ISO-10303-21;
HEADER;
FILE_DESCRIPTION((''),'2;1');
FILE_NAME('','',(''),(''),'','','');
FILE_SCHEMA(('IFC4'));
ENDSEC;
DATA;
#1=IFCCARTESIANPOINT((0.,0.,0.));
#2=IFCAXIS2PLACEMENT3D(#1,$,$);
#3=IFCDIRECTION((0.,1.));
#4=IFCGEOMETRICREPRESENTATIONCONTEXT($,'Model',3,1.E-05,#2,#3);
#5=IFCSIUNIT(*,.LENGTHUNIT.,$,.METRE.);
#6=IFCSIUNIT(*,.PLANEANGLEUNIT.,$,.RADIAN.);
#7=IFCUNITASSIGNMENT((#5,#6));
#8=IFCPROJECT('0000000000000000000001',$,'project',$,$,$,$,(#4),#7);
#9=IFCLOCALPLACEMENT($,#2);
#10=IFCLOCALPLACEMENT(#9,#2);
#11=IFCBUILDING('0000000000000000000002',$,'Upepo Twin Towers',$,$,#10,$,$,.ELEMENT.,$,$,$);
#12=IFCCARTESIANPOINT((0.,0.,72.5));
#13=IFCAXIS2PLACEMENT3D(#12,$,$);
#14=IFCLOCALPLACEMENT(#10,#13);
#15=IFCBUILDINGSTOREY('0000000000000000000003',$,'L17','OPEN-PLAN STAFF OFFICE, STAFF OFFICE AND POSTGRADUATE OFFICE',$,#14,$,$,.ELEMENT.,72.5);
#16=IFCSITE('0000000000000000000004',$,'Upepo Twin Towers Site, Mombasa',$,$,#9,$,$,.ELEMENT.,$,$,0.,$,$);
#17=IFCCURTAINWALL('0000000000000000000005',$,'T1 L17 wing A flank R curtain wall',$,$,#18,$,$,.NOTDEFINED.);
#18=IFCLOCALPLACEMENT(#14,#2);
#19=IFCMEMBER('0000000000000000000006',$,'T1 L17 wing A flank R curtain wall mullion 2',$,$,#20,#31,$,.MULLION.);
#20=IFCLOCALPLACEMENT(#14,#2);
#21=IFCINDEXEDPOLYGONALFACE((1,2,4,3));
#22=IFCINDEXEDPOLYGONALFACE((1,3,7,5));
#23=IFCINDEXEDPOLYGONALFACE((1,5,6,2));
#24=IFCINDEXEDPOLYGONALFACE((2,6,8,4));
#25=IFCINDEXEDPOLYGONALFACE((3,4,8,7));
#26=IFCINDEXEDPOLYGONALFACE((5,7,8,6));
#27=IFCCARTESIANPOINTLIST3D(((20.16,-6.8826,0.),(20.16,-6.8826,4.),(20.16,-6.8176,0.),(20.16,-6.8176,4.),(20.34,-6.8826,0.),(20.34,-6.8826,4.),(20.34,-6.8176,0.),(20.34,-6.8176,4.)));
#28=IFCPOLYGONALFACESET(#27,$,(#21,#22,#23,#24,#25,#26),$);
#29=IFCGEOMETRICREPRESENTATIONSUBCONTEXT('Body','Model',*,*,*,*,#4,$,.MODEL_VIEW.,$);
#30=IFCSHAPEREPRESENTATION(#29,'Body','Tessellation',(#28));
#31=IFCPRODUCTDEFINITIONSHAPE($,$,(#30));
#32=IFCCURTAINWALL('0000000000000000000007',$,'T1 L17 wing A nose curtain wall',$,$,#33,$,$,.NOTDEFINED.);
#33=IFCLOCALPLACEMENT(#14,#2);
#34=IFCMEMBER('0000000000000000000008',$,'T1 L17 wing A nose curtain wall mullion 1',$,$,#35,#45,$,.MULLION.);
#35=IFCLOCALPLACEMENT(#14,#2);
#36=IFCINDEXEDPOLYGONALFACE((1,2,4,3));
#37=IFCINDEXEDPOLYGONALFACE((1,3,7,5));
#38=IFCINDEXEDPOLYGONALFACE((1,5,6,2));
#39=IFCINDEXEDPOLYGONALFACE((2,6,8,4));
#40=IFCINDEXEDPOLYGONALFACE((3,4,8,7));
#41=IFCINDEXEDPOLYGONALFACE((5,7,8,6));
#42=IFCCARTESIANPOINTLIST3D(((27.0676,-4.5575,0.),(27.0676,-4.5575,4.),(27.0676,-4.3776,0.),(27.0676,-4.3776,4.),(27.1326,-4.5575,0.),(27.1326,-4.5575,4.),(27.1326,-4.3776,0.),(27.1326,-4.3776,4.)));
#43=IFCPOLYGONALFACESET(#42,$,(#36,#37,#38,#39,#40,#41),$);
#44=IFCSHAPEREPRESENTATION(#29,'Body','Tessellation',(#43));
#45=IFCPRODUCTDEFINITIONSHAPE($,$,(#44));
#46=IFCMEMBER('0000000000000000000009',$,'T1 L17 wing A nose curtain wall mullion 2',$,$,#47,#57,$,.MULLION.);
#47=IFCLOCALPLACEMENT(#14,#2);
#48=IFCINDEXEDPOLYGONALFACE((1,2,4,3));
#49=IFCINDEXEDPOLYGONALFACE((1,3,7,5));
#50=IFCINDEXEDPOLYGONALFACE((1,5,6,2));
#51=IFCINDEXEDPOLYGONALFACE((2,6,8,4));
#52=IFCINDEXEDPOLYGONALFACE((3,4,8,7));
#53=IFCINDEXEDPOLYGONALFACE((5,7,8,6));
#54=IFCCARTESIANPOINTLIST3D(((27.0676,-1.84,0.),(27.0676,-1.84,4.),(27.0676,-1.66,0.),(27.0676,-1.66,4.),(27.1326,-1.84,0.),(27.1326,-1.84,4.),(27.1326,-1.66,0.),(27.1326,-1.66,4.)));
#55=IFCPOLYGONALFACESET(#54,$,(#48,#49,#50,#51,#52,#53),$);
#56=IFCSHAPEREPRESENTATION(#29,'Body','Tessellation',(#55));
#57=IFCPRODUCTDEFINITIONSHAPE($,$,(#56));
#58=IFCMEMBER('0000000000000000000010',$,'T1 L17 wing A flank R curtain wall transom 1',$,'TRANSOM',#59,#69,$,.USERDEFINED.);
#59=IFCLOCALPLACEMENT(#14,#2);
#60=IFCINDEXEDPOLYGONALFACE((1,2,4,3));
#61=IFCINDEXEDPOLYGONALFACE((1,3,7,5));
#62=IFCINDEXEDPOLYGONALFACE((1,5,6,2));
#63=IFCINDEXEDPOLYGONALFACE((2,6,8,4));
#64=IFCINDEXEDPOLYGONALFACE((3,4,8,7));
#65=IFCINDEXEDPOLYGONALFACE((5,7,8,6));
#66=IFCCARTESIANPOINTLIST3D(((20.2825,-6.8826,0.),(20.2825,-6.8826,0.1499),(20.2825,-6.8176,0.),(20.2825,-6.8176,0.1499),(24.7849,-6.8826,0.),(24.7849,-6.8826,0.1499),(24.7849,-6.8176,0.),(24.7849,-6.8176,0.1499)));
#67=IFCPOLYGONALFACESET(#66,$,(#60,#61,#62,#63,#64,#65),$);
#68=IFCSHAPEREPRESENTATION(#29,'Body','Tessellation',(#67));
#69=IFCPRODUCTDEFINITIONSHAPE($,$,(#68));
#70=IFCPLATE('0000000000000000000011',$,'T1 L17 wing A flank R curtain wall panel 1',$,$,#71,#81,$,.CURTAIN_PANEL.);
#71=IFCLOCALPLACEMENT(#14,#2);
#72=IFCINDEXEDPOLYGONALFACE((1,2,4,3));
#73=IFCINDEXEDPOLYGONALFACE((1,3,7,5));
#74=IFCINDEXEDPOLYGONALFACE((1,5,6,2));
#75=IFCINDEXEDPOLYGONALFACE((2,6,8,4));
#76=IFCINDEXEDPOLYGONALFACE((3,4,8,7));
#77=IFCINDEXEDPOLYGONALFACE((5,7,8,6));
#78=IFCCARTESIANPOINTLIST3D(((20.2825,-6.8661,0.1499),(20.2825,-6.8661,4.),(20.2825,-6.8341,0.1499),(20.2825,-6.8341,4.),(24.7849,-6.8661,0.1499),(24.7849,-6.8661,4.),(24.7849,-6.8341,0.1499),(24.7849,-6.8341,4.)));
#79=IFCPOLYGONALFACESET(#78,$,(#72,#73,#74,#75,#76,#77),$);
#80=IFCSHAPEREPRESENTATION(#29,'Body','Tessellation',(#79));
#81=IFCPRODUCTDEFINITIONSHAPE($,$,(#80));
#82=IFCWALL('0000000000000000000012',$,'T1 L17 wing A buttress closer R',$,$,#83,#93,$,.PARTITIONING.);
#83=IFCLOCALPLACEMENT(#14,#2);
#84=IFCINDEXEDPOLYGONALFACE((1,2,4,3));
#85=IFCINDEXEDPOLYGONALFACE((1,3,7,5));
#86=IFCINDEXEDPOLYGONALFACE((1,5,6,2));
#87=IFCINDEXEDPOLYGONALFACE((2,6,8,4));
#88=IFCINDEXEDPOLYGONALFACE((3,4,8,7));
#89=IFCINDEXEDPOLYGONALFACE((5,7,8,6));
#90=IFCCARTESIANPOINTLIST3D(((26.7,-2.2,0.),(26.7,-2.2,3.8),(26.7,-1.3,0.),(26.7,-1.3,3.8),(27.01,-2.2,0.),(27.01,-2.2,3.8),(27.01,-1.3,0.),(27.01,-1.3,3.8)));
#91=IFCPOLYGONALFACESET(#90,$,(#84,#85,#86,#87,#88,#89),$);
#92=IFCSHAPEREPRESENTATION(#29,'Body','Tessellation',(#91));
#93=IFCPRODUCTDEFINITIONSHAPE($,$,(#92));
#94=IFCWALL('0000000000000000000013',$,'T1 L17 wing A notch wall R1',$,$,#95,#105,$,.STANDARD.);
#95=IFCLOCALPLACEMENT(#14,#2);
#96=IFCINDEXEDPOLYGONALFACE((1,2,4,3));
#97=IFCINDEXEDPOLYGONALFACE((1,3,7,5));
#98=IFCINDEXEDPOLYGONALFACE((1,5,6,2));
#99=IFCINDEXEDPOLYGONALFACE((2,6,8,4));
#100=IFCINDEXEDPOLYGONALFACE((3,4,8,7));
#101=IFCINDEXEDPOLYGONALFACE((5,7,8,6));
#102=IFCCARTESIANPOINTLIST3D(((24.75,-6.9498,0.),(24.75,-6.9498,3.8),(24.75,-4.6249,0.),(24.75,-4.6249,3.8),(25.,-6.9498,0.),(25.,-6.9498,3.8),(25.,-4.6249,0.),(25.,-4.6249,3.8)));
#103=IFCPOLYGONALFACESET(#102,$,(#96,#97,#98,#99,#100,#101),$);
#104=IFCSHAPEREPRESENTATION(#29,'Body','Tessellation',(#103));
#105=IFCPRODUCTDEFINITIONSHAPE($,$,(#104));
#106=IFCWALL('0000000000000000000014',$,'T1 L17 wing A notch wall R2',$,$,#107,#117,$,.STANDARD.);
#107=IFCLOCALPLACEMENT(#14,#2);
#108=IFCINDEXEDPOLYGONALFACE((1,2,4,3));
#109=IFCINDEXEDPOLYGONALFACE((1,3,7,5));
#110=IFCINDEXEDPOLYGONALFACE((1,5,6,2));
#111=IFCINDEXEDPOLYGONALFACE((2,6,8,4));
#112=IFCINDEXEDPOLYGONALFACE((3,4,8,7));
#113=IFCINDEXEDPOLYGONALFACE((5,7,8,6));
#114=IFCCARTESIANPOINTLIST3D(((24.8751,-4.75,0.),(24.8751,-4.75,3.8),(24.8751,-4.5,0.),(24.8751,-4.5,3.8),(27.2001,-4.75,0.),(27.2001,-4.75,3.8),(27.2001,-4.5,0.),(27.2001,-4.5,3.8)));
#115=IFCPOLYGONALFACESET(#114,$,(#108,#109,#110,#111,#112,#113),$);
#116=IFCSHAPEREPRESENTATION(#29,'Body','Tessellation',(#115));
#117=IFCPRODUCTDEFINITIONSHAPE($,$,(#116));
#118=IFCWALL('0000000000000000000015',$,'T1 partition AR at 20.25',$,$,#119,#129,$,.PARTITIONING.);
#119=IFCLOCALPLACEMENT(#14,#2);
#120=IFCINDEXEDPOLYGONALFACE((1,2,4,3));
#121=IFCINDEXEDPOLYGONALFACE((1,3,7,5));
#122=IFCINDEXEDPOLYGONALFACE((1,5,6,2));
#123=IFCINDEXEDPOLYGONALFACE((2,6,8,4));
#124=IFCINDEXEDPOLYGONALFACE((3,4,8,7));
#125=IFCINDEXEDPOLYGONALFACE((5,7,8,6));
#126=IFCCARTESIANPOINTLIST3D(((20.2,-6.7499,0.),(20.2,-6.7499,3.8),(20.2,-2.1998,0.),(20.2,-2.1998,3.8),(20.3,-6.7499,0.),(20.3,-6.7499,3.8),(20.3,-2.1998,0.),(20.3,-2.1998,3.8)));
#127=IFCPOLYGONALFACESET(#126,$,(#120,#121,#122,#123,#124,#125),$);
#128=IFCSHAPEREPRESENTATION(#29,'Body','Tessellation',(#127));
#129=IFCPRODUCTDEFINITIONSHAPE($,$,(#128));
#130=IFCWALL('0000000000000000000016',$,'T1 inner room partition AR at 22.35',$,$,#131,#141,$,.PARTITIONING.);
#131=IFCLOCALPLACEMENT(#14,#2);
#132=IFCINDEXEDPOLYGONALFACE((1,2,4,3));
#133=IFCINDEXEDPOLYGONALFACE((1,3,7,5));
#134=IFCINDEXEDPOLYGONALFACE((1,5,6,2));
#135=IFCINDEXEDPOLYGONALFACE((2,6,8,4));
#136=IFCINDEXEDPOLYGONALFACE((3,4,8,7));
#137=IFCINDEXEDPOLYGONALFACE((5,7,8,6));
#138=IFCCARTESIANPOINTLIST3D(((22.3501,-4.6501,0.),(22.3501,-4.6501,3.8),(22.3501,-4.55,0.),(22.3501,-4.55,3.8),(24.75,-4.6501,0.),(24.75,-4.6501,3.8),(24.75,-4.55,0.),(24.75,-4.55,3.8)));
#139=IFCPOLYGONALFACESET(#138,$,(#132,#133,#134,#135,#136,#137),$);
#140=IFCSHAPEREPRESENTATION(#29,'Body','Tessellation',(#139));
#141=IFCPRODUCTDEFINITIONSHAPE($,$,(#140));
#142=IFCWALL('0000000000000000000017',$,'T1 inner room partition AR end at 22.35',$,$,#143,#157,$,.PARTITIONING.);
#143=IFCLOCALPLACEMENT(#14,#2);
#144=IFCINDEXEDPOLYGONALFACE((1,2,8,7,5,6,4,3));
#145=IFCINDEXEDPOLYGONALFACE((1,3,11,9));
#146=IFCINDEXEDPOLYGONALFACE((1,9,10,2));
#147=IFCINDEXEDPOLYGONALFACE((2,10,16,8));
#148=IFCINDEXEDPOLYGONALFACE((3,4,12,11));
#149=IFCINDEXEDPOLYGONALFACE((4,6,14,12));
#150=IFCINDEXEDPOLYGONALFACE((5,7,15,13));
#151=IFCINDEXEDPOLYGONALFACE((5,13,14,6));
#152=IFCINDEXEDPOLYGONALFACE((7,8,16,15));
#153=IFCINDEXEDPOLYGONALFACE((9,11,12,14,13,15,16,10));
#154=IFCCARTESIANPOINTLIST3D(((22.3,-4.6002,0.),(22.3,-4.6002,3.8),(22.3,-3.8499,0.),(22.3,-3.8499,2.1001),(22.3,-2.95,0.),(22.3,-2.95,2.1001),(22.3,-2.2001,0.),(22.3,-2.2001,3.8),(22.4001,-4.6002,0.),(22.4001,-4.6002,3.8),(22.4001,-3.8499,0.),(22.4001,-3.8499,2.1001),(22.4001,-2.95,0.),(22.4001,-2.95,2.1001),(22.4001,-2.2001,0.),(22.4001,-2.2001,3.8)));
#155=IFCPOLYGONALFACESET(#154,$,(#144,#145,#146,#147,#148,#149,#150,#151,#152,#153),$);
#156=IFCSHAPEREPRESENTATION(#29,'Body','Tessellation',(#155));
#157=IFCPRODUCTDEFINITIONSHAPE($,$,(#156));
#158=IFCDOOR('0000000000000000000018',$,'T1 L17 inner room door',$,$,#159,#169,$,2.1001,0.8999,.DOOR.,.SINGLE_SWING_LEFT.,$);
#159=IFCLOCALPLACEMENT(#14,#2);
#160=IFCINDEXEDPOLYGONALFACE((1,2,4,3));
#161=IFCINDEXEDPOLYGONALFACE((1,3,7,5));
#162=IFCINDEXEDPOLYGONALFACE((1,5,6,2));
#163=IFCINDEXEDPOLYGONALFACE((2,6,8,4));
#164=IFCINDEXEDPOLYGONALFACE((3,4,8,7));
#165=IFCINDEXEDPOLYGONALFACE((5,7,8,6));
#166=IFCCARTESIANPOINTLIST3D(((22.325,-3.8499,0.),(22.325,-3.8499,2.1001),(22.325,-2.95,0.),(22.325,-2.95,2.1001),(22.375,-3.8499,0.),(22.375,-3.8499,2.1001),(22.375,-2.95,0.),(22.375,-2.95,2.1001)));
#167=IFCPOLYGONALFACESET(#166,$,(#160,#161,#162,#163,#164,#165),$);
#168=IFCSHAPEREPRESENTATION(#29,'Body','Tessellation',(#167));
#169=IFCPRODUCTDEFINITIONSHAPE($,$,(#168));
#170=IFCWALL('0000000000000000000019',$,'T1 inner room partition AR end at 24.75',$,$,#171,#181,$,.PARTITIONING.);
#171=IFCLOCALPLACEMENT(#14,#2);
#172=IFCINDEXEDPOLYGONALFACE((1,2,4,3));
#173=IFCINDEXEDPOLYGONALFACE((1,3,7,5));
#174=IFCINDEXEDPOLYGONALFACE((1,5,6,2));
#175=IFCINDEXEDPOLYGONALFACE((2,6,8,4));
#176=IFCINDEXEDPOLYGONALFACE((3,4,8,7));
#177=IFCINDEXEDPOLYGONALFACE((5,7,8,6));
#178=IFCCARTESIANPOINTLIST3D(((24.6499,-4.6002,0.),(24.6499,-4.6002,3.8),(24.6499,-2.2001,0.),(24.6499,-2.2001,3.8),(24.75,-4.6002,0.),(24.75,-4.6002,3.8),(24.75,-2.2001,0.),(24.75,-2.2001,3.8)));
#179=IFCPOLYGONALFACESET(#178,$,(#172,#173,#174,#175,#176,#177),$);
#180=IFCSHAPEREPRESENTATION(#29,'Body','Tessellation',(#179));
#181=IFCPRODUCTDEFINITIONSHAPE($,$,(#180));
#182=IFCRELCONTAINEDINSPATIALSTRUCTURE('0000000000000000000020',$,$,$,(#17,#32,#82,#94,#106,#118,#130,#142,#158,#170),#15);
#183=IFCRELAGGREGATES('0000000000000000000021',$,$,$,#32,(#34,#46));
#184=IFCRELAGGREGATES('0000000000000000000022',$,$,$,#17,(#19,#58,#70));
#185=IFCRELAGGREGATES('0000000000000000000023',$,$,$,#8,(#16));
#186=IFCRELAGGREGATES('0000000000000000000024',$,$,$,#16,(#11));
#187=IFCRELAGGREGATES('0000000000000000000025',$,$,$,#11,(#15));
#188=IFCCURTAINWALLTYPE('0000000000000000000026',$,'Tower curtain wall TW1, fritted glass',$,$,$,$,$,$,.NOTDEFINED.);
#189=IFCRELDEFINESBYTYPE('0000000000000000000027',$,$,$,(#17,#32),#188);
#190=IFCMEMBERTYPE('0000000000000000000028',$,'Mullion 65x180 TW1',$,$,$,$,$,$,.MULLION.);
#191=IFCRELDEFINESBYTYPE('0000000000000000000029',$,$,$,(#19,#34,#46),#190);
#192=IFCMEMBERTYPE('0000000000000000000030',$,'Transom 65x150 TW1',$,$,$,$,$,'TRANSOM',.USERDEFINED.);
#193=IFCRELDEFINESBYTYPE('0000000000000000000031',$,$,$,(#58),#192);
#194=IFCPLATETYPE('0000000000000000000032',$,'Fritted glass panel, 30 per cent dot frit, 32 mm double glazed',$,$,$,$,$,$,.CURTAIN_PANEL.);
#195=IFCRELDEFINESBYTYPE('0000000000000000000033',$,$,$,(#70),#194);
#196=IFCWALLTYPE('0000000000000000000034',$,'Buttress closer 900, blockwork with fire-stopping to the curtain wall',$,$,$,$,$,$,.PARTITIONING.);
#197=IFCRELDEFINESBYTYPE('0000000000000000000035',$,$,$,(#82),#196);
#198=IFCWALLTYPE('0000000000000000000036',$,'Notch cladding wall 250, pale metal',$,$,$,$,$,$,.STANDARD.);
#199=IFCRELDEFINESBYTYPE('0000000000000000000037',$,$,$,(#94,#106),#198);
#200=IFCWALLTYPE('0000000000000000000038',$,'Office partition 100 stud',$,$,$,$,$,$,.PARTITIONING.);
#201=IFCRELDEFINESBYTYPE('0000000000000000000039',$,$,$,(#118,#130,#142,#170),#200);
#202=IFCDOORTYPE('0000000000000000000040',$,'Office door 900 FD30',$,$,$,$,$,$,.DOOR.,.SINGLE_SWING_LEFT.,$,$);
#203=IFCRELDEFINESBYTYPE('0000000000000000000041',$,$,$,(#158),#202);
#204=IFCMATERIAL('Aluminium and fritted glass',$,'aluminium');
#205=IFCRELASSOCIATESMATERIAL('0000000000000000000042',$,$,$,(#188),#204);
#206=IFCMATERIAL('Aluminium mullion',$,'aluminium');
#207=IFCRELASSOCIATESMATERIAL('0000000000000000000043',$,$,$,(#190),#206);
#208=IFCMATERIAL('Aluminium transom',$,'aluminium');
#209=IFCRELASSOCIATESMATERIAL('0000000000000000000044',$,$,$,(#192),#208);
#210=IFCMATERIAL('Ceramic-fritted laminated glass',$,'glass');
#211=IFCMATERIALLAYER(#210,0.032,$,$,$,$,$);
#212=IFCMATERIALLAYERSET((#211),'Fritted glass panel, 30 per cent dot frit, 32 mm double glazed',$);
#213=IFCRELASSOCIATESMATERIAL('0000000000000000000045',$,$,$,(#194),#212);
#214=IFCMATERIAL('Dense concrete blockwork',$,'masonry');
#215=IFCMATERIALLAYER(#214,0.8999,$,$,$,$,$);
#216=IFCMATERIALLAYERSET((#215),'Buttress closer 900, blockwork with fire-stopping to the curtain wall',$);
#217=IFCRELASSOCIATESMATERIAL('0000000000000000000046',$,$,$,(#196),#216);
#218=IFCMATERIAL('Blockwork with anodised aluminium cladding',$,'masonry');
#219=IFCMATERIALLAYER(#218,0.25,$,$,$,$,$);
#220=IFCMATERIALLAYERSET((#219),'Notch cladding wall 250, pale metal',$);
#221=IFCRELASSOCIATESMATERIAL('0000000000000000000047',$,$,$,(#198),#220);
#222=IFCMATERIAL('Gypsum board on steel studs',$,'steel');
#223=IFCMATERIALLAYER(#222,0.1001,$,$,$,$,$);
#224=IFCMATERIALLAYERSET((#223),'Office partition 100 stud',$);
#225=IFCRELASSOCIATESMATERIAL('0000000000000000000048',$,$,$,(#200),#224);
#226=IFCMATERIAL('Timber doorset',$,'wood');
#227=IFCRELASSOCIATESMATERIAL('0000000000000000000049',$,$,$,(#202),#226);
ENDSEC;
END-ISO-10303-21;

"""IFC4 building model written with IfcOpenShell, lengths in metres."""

from ifc_helpers import new_model, si_unit, direction, frame, frame_2d, origin, origin_2d, place, context, subcontext, project, spatial, rectangle, extrude, material, layer, layer_set, material_profile, profile_set, type_object, element, fill, aggregate, save


model = new_model("IFC4")

# Units and contexts
model_context = context("Model", 3, precision=1e-05, world=origin(), true_north=direction((0.0, 1.0)))
body_context = subcontext(model_context, "Body", "Model", "MODEL_VIEW")
ifc_project = project(units=[si_unit("LENGTHUNIT", "METRE"), si_unit("PLANEANGLEUNIT", "RADIAN")], contexts=[model_context])

# Site, building, storey
site_placement = place(None, origin())
site = spatial("IfcSite", under=ifc_project, at=site_placement, Name="Upepo Twin Towers Site, Mombasa", CompositionType="ELEMENT", RefElevation=0.0)
building_placement = place(site_placement, origin())
building = spatial("IfcBuilding", under=site, at=building_placement, Name="Upepo Twin Towers", CompositionType="ELEMENT")
storey_placement = place(building_placement, frame((0.0, 0.0, 72.5)))
storey = spatial("IfcBuildingStorey", under=building, at=storey_placement, Name="L17", Description="OPEN-PLAN STAFF OFFICE, STAFF OFFICE AND POSTGRADUATE OFFICE", CompositionType="ELEMENT", Elevation=72.5)

# Curtain walls, members
ifc_material_1 = material(Name="Aluminium and fritted glass", Category="aluminium")
curtain_wall_type = type_object("IfcCurtainWallType", Name="Tower curtain wall TW1, fritted glass", PredefinedType="NOTDEFINED", material=ifc_material_1)
curtain_wall_1_placement = place(storey_placement, origin())
curtain_wall_1 = element("IfcCurtainWall", 1, at=curtain_wall_1_placement, inside=storey, type_object=curtain_wall_type, Name="T1 L17 wing A flank R curtain wall", PredefinedType="NOTDEFINED")
ifc_material_2 = material(Name="Aluminium mullion", Category="aluminium")
ifc_material_profile_1 = material_profile(ifc_material_2, rectangle(XDim=0.0649, YDim=0.1799, at=origin_2d()), Name="MULLION 65x180")
ifc_profile_set_1 = profile_set([ifc_material_profile_1], Name="Aluminium mullion")
member_type_1 = type_object("IfcMemberType", Name="Mullion 65x180 TW1", PredefinedType="MULLION", material=ifc_profile_set_1)
member_1_placement = place(storey_placement, frame((20.25, -6.8501, 0.0), z_axis=(0.0, 0.0, 1.0), x_axis=(0.0, -1.0, 0.0)))
member_1 = element("IfcMember", 2, at=member_1_placement, type_object=member_type_1, Name="T1 L17 wing A flank R curtain wall mullion 2", PredefinedType="MULLION", context=body_context, shape_type="SweptSolid", body=[
    extrude(rectangle(XDim=0.0649, YDim=0.1799, at=origin_2d()), origin(), (0.0, 0.0, 1.0), 4.0),
])
curtain_wall_2_placement = place(storey_placement, origin())
curtain_wall_2 = element("IfcCurtainWall", 3, at=curtain_wall_2_placement, inside=storey, type_object=curtain_wall_type, Name="T1 L17 wing A nose curtain wall", PredefinedType="NOTDEFINED")
member_2_placement = place(storey_placement, frame((27.1001, -4.4675, 0.0), z_axis=(0.0, 0.0, 1.0), x_axis=(-1.0, 0.0, 0.0)))
member_2 = element("IfcMember", 4, at=member_2_placement, type_object=member_type_1, Name="T1 L17 wing A nose curtain wall mullion 1", PredefinedType="MULLION", context=body_context, shape_type="SweptSolid", body=[
    extrude(rectangle(XDim=0.0649, YDim=0.1799, at=origin_2d()), origin(), (0.0, 0.0, 1.0), 4.0),
])
member_3_placement = place(storey_placement, frame((27.1001, -1.75, 0.0), z_axis=(0.0, 0.0, 1.0), x_axis=(-1.0, 0.0, 0.0)))
member_3 = element("IfcMember", 5, at=member_3_placement, type_object=member_type_1, Name="T1 L17 wing A nose curtain wall mullion 2", PredefinedType="MULLION", context=body_context, shape_type="SweptSolid", body=[
    extrude(rectangle(XDim=0.0649, YDim=0.1799, at=origin_2d()), origin(), (0.0, 0.0, 1.0), 4.0),
])
aggregate(curtain_wall_2, [member_2, member_3])

# Member
ifc_material_3 = material(Name="Aluminium transom", Category="aluminium")
ifc_material_profile_2 = material_profile(ifc_material_3, rectangle(XDim=0.0649, YDim=0.1499, at=origin_2d()), Name="TRANSOM 65x150")
ifc_profile_set_2 = profile_set([ifc_material_profile_2], Name="Aluminium transom")
member_type_2 = type_object("IfcMemberType", Name="Transom 65x150 TW1", ElementType="TRANSOM", PredefinedType="USERDEFINED", material=ifc_profile_set_2)
member_4_placement = place(storey_placement, frame((24.7849, -6.8501, 0.075), z_axis=(-1.0, 0.0, 0.0), x_axis=(0.0, -1.0, 0.0)))
member_4 = element("IfcMember", 6, at=member_4_placement, type_object=member_type_2, Name="T1 L17 wing A flank R curtain wall transom 1", ObjectType="TRANSOM", PredefinedType="USERDEFINED", context=body_context, shape_type="SweptSolid", body=[
    extrude(rectangle(XDim=0.0649, YDim=0.1499, at=origin_2d()), origin(), (0.0, 0.0, 1.0), 4.5024),
])

# Plate
ifc_material_4 = material(Name="Ceramic-fritted laminated glass", Category="glass")
ifc_layer_1 = layer(ifc_material_4, 0.032)
ifc_layer_set_1 = layer_set([ifc_layer_1], Name="Fritted glass panel, 30 per cent dot frit, 32 mm double glazed")
plate_type = type_object("IfcPlateType", Name="Fritted glass panel, 30 per cent dot frit, 32 mm double glazed", PredefinedType="CURTAIN_PANEL", material=ifc_layer_set_1)
plate_placement = place(storey_placement, frame((22.5337, -6.8501, 0.1499), z_axis=(0.0, 0.0, 1.0), x_axis=(-1.0, 0.0, 0.0)))
plate = element("IfcPlate", 7, at=plate_placement, type_object=plate_type, Name="T1 L17 wing A flank R curtain wall panel 1", PredefinedType="CURTAIN_PANEL", context=body_context, shape_type="SweptSolid", body=[
    extrude(rectangle(XDim=4.5024, YDim=0.032, at=origin_2d()), origin(), (0.0, 0.0, 1.0), 3.8501),
])
aggregate(curtain_wall_1, [member_1, member_4, plate])

# Walls
ifc_material_5 = material(Name="Dense concrete blockwork", Category="masonry")
ifc_layer_2 = layer(ifc_material_5, 0.8999)
ifc_layer_set_2 = layer_set([ifc_layer_2], Name="Buttress closer 900, blockwork with fire-stopping to the curtain wall")
wall_type_1 = type_object("IfcWallType", Name="Buttress closer 900, blockwork with fire-stopping to the curtain wall", PredefinedType="PARTITIONING", material=ifc_layer_set_2)
wall_1_placement = place(storey_placement, frame((26.7, -1.75, 0.0), z_axis=(0.0, 0.0, 1.0), x_axis=(1.0, 0.0, 0.0)))
element("IfcWall", 8, at=wall_1_placement, inside=storey, type_object=wall_type_1, Name="T1 L17 wing A buttress closer R", PredefinedType="PARTITIONING", context=body_context, shape_type="SweptSolid", body=[
    extrude(rectangle(XDim=0.3101, YDim=0.8999, at=frame_2d((0.155, 0.0))), origin(), (0.0, 0.0, 1.0), 3.8),
])
ifc_material_6 = material(Name="Blockwork with anodised aluminium cladding", Category="masonry")
ifc_layer_3 = layer(ifc_material_6, 0.25)
ifc_layer_set_3 = layer_set([ifc_layer_3], Name="Notch cladding wall 250, pale metal")
wall_type_2 = type_object("IfcWallType", Name="Notch cladding wall 250, pale metal", PredefinedType="STANDARD", material=ifc_layer_set_3)
for number, where, z_axis, x_axis, name in (
    (9, (24.875, -6.95, 0.0), (0.0, 0.0, 1.0), (0.0, 1.0, 0.0), "T1 L17 wing A notch wall R1"),
    (10, (24.875, -4.625, 0.0), (0.0, 0.0, 1.0), (1.0, 0.0, 0.0), "T1 L17 wing A notch wall R2"),
):
    element("IfcWall", number, at=place(storey_placement, frame(where, z_axis=z_axis, x_axis=x_axis)), inside=storey, type_object=wall_type_2, Name=name, PredefinedType="STANDARD", context=body_context, shape_type="SweptSolid", body=[
        extrude(rectangle(XDim=2.325, YDim=0.25, at=frame_2d((1.1626, 0.0))), origin(), (0.0, 0.0, 1.0), 3.8),
    ])
ifc_material_7 = material(Name="Gypsum board on steel studs", Category="steel")
ifc_layer_4 = layer(ifc_material_7, 0.1001)
ifc_layer_set_4 = layer_set([ifc_layer_4], Name="Office partition 100 stud")
wall_type_3 = type_object("IfcWallType", Name="Office partition 100 stud", PredefinedType="PARTITIONING", material=ifc_layer_set_4)
wall_2_placement = place(storey_placement, frame((20.25, -2.2, 0.0), z_axis=(0.0, 0.0, 1.0), x_axis=(0.0, -1.0, 0.0)))
element("IfcWall", 11, at=wall_2_placement, inside=storey, type_object=wall_type_3, Name="T1 partition AR at 20.25", PredefinedType="PARTITIONING", context=body_context, shape_type="SweptSolid", body=[
    extrude(rectangle(XDim=4.55, YDim=0.1001, at=frame_2d((2.2749, 0.0))), origin(), (0.0, 0.0, 1.0), 3.8),
])
wall_3_placement = place(storey_placement, frame((22.3501, -4.6001, 0.0), z_axis=(0.0, 0.0, 1.0), x_axis=(1.0, 0.0, 0.0)))
element("IfcWall", 12, at=wall_3_placement, inside=storey, type_object=wall_type_3, Name="T1 inner room partition AR at 22.35", PredefinedType="PARTITIONING", context=body_context, shape_type="SweptSolid", body=[
    extrude(rectangle(XDim=2.3999, YDim=0.1001, at=frame_2d((1.2, 0.0))), origin(), (0.0, 0.0, 1.0), 3.8),
])

# Wall, opening, door
wall_4_placement = place(storey_placement, frame((22.3501, -2.2, 0.0), z_axis=(0.0, 0.0, 1.0), x_axis=(0.0, -1.0, 0.0)))
wall_4 = element("IfcWall", 13, at=wall_4_placement, inside=storey, type_object=wall_type_3, Name="T1 inner room partition AR end at 22.35", PredefinedType="PARTITIONING", context=body_context, shape_type="SweptSolid", body=[
    extrude(rectangle(XDim=2.4001, YDim=0.1001, at=frame_2d((1.2002, 0.0))), origin(), (0.0, 0.0, 1.0), 3.8),
])
opening_1_placement = place(wall_4_placement, frame((0.75, 0.0, 0.0)))
opening_1 = element("IfcOpeningElement", 14, at=opening_1_placement, cuts=wall_4, PredefinedType="OPENING", context=body_context, shape_type="SweptSolid", body=[
    extrude(rectangle(XDim=0.8999, YDim=2.1001, at=frame_2d((0.45, 1.05))), frame((0.0, 0.0601, 0.0), z_axis=(0.0, -1.0, 0.0), x_axis=(1.0, 0.0, 0.0)), (0.0, 0.0, 1.0), 0.1201),
])
ifc_material_8 = material(Name="Timber doorset", Category="wood")
door_type_1 = type_object("IfcDoorType", Name="Office door 900 FD30", OperationType="SINGLE_SWING_LEFT", PredefinedType="DOOR", material=ifc_material_8)
door_1_placement = place(opening_1_placement, origin())
door_1 = element("IfcDoor", 15, at=door_1_placement, inside=storey, type_object=door_type_1, Name="T1 L17 inner room door", OperationType="SINGLE_SWING_LEFT", OverallHeight=2.1001, OverallWidth=0.8999, PredefinedType="DOOR", context=body_context, shape_type="SweptSolid", body=[
    extrude(rectangle(XDim=0.8999, YDim=2.1001, at=frame_2d((0.45, 1.05))), frame((0.0, 0.0249, 0.0), z_axis=(0.0, -1.0, 0.0), x_axis=(1.0, 0.0, 0.0)), (0.0, 0.0, 1.0), 0.05),
])
fill(opening_1, door_1)

# Wall
wall_5_placement = place(storey_placement, frame((24.7, -2.2, 0.0), z_axis=(0.0, 0.0, 1.0), x_axis=(0.0, -1.0, 0.0)))
element("IfcWall", 16, at=wall_5_placement, inside=storey, type_object=wall_type_3, Name="T1 inner room partition AR end at 24.75", PredefinedType="PARTITIONING", context=body_context, shape_type="SweptSolid", body=[
    extrude(rectangle(XDim=2.4001, YDim=0.1001, at=frame_2d((1.2002, 0.0))), origin(), (0.0, 0.0, 1.0), 3.8),
])

save(model, "model.ifc")
